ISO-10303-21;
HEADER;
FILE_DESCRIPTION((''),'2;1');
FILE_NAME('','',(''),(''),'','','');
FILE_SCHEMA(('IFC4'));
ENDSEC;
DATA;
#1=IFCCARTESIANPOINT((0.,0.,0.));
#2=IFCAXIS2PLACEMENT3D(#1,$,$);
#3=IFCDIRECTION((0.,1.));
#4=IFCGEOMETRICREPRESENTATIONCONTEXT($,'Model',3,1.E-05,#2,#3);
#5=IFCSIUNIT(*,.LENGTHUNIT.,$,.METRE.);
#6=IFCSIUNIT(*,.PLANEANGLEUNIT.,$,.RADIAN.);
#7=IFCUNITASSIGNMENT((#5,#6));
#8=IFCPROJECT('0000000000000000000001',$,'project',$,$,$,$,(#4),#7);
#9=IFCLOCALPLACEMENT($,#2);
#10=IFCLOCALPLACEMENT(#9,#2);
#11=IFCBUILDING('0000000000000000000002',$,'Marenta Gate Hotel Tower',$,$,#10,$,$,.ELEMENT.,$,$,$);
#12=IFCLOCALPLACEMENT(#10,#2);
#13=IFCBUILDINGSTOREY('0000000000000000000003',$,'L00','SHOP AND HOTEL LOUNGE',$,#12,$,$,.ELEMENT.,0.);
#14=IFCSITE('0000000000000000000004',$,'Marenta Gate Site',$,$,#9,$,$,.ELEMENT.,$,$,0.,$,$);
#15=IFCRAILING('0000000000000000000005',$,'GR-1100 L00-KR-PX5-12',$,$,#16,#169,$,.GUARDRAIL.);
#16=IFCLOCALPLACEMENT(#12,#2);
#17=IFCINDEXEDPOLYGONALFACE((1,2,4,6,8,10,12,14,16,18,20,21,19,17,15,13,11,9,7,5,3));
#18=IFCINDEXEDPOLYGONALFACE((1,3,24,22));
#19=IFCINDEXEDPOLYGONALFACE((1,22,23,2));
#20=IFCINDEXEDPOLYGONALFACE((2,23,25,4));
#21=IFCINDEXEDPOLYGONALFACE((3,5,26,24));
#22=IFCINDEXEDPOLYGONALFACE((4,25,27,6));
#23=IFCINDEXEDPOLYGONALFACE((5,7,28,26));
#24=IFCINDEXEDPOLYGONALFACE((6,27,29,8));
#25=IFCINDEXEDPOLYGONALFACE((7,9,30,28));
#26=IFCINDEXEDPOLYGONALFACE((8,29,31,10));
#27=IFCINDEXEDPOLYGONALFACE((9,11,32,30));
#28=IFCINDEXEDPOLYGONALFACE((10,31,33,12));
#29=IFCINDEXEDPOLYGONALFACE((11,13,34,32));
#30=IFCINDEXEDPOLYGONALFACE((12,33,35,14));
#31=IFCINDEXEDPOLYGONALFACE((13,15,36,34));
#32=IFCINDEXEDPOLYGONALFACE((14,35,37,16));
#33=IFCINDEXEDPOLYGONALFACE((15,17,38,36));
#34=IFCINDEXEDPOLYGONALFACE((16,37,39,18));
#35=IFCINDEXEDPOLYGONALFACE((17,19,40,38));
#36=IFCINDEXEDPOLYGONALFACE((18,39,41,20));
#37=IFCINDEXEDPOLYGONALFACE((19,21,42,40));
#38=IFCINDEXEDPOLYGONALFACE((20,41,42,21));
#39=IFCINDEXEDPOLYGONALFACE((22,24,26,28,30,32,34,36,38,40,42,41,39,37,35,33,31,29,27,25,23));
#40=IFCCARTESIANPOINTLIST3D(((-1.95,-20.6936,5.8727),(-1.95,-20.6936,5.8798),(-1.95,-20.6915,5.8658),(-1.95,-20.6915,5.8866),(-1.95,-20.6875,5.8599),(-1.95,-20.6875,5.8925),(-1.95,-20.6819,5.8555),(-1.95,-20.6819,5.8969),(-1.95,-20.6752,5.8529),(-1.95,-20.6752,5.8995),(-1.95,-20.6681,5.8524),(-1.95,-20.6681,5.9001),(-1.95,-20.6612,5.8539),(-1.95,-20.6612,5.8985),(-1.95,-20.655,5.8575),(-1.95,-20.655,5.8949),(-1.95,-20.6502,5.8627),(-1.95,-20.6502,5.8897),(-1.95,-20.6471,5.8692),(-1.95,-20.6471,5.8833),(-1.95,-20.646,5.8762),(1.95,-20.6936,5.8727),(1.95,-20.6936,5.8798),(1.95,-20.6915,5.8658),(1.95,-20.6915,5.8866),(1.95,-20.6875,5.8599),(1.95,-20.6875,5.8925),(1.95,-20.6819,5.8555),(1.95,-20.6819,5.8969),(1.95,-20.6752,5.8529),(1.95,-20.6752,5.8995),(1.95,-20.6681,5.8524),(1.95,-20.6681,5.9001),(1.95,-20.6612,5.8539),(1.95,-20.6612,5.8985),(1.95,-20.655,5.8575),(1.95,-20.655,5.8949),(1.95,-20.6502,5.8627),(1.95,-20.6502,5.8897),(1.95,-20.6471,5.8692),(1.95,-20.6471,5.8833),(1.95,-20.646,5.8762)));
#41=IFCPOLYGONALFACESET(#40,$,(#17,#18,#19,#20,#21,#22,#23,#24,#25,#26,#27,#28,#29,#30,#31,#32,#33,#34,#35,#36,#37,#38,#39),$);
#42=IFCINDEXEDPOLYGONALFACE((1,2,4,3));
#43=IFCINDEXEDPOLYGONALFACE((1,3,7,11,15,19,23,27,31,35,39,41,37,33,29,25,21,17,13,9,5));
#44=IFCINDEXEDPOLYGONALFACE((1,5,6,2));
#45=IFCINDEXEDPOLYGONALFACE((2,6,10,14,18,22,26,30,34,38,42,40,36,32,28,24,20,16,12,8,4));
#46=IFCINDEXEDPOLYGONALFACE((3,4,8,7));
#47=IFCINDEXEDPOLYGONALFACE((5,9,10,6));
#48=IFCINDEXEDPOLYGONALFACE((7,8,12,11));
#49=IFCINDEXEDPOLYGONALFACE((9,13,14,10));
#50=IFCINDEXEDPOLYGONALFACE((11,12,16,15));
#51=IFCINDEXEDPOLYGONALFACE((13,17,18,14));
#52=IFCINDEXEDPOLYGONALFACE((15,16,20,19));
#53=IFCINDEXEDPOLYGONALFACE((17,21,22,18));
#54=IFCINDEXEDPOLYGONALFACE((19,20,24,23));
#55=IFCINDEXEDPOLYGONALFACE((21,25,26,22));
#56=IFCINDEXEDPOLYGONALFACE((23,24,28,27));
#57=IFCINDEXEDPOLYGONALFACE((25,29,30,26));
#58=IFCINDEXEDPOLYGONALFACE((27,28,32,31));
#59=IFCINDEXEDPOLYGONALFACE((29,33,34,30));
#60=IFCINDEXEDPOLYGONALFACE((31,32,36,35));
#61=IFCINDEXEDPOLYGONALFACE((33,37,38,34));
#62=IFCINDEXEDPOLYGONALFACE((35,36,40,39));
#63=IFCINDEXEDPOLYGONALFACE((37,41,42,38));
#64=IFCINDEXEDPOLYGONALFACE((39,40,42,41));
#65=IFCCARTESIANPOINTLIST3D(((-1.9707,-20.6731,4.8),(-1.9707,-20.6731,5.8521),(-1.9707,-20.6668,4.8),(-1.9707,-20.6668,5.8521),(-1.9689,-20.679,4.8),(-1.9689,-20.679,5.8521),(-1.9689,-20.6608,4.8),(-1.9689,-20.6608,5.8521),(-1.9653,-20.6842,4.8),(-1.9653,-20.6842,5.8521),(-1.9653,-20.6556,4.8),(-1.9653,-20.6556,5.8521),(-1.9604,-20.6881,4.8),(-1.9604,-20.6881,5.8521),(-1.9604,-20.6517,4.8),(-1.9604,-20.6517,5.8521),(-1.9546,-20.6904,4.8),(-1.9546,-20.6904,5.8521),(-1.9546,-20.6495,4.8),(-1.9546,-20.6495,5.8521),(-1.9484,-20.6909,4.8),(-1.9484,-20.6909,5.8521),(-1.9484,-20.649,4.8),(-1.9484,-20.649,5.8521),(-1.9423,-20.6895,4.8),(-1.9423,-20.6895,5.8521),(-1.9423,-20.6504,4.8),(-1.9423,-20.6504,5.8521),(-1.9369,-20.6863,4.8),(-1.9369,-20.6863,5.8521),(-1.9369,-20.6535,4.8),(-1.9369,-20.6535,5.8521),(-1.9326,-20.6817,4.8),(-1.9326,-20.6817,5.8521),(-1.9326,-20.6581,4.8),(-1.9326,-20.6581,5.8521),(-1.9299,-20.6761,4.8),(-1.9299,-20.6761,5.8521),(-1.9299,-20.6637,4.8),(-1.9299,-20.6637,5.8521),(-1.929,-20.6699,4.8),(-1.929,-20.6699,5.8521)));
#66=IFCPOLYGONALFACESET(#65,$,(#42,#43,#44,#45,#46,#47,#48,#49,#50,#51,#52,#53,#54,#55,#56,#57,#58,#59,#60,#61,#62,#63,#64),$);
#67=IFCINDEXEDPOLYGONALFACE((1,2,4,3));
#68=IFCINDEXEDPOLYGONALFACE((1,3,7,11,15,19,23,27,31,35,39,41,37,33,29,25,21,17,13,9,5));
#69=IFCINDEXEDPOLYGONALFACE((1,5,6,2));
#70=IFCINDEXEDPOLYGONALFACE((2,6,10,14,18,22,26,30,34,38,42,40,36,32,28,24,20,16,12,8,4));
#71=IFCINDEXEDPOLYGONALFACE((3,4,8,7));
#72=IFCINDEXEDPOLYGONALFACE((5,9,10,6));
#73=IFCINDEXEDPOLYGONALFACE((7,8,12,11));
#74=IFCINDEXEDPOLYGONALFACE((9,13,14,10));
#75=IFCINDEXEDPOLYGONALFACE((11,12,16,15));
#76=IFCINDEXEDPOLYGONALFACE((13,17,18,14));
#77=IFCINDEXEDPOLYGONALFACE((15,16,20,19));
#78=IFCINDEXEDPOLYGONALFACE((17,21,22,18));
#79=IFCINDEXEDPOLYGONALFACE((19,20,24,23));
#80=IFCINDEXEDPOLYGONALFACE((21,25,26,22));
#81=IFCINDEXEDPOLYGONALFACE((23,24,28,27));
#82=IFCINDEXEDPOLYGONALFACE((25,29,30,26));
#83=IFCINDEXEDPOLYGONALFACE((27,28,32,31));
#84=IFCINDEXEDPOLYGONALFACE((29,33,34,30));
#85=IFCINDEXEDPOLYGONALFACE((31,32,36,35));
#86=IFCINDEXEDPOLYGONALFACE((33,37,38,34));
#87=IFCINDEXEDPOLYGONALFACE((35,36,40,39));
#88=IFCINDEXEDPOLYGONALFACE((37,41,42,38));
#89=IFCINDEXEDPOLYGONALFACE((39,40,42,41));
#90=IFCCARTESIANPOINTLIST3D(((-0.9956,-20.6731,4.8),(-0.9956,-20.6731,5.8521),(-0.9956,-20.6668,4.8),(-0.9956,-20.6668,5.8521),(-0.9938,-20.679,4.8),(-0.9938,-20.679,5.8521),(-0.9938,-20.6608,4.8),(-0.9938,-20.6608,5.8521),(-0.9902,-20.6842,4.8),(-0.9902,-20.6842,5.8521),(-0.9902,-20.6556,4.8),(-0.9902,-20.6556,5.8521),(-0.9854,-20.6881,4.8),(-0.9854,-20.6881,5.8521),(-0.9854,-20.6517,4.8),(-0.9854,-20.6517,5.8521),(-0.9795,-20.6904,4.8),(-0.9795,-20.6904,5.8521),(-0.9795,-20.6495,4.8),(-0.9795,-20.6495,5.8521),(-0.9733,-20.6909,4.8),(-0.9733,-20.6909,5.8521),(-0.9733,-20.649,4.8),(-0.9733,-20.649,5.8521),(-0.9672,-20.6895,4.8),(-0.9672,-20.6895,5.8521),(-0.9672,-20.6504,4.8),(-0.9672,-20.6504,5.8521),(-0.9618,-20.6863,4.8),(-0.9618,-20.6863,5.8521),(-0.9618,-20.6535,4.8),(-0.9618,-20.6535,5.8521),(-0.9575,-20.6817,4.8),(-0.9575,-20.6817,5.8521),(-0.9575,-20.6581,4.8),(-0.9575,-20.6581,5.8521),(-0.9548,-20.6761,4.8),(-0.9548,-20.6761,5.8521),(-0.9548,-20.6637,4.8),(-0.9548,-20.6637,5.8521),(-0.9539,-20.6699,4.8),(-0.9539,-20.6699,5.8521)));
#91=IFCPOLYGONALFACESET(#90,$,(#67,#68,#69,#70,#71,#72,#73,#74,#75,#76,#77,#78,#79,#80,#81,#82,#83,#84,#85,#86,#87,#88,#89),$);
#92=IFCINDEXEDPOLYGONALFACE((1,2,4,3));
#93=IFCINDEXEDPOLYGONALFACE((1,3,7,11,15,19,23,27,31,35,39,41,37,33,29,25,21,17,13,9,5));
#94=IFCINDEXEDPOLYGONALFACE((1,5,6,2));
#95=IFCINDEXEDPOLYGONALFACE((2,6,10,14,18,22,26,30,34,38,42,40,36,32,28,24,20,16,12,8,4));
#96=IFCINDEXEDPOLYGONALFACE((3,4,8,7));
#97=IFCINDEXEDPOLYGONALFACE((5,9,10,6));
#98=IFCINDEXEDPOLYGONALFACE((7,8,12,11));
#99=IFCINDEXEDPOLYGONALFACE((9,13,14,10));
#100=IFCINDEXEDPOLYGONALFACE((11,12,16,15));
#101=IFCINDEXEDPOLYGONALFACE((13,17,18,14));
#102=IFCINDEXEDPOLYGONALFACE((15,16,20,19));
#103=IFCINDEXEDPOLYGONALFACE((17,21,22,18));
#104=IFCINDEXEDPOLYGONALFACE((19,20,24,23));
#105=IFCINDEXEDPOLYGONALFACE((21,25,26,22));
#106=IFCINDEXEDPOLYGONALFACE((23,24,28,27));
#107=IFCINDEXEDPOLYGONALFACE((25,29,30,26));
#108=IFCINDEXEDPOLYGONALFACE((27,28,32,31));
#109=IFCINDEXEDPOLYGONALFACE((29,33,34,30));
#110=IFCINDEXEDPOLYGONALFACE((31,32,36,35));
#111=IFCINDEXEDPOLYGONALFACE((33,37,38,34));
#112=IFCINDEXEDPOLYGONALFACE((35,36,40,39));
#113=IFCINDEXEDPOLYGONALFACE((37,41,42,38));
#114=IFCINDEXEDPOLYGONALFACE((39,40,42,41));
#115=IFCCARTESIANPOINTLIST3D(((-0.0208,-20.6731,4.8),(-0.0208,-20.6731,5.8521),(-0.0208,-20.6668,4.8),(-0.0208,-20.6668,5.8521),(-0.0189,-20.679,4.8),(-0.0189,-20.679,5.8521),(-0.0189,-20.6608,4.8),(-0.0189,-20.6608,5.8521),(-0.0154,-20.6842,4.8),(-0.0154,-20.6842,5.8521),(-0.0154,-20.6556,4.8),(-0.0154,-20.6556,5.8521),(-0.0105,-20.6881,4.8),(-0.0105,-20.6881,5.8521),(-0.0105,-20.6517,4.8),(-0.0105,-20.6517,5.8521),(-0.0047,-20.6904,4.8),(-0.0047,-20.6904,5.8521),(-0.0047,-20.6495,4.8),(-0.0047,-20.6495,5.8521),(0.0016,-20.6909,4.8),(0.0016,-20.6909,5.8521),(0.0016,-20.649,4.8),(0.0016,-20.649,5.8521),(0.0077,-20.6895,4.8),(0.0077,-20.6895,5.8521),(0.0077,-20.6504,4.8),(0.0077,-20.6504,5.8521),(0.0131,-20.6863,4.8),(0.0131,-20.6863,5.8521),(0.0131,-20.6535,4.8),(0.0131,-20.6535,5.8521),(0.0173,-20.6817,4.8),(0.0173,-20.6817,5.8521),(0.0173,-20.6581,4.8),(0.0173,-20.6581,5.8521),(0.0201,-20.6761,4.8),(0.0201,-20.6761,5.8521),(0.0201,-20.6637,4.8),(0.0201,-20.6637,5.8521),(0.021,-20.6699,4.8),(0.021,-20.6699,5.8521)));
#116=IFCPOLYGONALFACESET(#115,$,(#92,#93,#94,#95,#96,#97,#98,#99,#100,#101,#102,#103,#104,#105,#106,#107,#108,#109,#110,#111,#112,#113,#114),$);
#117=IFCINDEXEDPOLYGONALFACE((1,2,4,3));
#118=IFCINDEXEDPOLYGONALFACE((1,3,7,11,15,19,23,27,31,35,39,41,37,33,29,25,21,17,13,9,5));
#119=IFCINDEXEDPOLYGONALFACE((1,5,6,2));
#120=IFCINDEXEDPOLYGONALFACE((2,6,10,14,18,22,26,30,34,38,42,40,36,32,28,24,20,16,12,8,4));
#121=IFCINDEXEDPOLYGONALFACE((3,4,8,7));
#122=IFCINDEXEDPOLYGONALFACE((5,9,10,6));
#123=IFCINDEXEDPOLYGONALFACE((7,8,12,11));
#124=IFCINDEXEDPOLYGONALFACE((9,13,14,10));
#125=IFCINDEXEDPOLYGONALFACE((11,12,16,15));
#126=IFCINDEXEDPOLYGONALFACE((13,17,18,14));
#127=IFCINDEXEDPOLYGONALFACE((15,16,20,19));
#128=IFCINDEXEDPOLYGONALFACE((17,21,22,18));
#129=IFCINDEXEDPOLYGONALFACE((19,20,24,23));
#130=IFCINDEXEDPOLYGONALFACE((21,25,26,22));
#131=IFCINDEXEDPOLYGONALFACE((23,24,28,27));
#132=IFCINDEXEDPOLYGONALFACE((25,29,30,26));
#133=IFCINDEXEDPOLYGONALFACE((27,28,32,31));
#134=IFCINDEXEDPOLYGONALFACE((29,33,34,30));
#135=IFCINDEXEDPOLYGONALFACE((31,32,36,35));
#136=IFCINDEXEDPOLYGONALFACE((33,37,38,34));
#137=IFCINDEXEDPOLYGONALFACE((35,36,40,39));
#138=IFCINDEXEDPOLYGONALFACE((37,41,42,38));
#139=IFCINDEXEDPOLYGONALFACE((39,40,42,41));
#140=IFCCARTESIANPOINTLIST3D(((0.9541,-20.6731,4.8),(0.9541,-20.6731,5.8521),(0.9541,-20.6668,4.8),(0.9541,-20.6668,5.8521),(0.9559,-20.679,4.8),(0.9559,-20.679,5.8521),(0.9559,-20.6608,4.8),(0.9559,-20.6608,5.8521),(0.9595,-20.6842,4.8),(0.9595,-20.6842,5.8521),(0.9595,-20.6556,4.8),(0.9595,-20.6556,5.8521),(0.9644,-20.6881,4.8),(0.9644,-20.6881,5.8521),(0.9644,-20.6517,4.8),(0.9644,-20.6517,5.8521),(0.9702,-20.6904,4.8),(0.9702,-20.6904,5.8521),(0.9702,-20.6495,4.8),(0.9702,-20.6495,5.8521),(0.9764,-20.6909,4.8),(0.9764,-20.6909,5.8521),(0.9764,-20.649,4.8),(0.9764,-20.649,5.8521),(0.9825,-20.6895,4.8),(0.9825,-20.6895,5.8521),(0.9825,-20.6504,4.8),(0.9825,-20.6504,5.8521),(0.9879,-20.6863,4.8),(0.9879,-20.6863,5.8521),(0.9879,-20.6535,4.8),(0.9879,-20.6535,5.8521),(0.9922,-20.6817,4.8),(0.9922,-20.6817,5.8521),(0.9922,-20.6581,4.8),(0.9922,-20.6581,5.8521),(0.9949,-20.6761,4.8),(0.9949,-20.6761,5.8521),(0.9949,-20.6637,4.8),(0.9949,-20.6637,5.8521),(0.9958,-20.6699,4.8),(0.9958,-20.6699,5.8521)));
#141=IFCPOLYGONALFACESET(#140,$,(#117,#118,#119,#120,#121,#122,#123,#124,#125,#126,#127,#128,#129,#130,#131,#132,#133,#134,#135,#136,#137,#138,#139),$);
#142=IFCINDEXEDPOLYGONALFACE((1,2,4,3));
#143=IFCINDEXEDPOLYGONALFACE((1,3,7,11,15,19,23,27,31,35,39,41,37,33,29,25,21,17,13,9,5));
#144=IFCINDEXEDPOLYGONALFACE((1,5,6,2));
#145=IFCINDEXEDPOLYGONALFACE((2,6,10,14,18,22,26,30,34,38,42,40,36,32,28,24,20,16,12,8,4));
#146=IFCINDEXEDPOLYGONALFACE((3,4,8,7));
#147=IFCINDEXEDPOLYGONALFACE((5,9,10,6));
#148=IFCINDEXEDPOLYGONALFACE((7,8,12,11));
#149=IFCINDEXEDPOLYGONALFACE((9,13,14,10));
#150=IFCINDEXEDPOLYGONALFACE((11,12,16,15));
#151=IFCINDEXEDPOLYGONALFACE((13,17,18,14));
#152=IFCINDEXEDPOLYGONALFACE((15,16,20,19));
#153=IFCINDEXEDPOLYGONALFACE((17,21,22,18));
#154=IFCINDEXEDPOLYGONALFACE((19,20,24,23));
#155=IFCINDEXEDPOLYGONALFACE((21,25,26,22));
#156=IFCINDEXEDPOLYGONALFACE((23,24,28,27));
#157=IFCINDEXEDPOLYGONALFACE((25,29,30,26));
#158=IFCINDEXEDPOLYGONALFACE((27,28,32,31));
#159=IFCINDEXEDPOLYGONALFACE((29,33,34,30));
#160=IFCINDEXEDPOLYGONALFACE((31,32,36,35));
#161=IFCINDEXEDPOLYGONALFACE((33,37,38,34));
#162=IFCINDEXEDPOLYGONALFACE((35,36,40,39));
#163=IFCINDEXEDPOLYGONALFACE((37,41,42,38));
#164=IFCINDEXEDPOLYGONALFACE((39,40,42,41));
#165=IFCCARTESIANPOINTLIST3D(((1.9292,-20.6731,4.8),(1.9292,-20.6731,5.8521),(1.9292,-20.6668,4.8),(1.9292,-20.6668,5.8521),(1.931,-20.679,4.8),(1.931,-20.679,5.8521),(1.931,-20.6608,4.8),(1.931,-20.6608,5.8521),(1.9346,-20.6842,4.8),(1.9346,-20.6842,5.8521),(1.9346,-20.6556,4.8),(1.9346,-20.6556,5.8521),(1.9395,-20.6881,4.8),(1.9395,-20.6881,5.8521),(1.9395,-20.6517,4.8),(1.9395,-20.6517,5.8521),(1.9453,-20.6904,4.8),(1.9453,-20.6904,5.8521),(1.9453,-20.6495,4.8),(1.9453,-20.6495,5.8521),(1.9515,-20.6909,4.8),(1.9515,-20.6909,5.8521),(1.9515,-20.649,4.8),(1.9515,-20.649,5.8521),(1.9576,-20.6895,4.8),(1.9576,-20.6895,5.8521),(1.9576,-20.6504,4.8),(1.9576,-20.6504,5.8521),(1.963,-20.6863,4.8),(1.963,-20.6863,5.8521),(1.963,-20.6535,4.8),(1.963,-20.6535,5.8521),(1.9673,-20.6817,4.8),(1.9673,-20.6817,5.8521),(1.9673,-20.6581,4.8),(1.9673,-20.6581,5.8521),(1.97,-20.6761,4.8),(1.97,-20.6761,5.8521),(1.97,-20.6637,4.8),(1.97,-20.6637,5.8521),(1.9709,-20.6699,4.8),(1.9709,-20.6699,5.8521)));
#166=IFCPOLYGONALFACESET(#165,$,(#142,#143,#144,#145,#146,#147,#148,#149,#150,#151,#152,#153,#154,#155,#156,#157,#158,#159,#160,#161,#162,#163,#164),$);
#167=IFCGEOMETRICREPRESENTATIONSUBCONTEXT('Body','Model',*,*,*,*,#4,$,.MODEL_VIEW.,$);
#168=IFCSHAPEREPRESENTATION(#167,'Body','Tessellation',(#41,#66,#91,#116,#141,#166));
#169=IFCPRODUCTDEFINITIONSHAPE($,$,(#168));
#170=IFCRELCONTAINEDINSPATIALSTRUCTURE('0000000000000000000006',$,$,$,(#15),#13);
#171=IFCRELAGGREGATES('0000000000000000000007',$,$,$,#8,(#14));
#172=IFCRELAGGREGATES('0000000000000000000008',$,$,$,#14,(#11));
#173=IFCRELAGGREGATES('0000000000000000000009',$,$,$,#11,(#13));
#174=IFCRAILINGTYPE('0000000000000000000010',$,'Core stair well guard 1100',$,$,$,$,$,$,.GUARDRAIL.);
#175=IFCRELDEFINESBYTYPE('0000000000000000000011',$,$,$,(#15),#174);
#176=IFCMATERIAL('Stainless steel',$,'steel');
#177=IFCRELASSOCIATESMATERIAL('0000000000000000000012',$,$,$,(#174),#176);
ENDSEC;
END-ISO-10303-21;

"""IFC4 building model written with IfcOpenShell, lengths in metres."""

from ifc_helpers import new_model, si_unit, direction, frame, origin, origin_2d, place, context, subcontext, project, spatial, circle, extrude, material, type_object, element, save


model = new_model("IFC4")

# Units and contexts
model_context = context("Model", 3, precision=1e-05, world=origin(), true_north=direction((0.0, 1.0)))
body_context = subcontext(model_context, "Body", "Model", "MODEL_VIEW")
ifc_project = project(units=[si_unit("LENGTHUNIT", "METRE"), si_unit("PLANEANGLEUNIT", "RADIAN")], contexts=[model_context])

# Site, building, storey
site_placement = place(None, origin())
site = spatial("IfcSite", under=ifc_project, at=site_placement, Name="Marenta Gate Site", CompositionType="ELEMENT", RefElevation=0.0)
building_placement = place(site_placement, origin())
building = spatial("IfcBuilding", under=site, at=building_placement, Name="Marenta Gate Hotel Tower", CompositionType="ELEMENT")
storey_placement = place(building_placement, origin())
storey = spatial("IfcBuildingStorey", under=building, at=storey_placement, Name="L00", Description="SHOP AND HOTEL LOUNGE", CompositionType="ELEMENT", Elevation=0.0)

# Railing
ifc_material_1 = material(Name="Stainless steel", Category="steel")
railing_type = type_object("IfcRailingType", Name="Core stair well guard 1100", PredefinedType="GUARDRAIL", material=ifc_material_1)
for number, where, name in (
    (1, (-1.95, -20.6699, 4.8), "GR-1100 L00-KR-PX5-12"),
):
    element("IfcRailing", number, at=place(storey_placement, frame(where)), inside=storey, type_object=railing_type, Name=name, PredefinedType="GUARDRAIL", context=body_context, shape_type="SweptSolid", body=[
        extrude(circle(Radius=0.0239, at=origin_2d()), frame((0.0, 0.0, 1.0762), z_axis=(1.0, 0.0, 0.0), x_axis=(0.0, 1.0, 0.0)), (0.0, 0.0, 1.0), 3.8999),
        extrude(circle(Radius=0.021, at=origin_2d()), origin(), (0.0, 0.0, 1.0), 1.052),
        extrude(circle(Radius=0.021, at=origin_2d()), frame((0.9751, 0.0, 0.0)), (0.0, 0.0, 1.0), 1.052),
        extrude(circle(Radius=0.021, at=origin_2d()), frame((1.95, 0.0, 0.0)), (0.0, 0.0, 1.0), 1.052),
        extrude(circle(Radius=0.021, at=origin_2d()), frame((2.9248, 0.0, 0.0)), (0.0, 0.0, 1.0), 1.052),
        extrude(circle(Radius=0.021, at=origin_2d()), frame((3.8999, 0.0, 0.0)), (0.0, 0.0, 1.0), 1.052),
    ])

save(model, "model.ifc")
